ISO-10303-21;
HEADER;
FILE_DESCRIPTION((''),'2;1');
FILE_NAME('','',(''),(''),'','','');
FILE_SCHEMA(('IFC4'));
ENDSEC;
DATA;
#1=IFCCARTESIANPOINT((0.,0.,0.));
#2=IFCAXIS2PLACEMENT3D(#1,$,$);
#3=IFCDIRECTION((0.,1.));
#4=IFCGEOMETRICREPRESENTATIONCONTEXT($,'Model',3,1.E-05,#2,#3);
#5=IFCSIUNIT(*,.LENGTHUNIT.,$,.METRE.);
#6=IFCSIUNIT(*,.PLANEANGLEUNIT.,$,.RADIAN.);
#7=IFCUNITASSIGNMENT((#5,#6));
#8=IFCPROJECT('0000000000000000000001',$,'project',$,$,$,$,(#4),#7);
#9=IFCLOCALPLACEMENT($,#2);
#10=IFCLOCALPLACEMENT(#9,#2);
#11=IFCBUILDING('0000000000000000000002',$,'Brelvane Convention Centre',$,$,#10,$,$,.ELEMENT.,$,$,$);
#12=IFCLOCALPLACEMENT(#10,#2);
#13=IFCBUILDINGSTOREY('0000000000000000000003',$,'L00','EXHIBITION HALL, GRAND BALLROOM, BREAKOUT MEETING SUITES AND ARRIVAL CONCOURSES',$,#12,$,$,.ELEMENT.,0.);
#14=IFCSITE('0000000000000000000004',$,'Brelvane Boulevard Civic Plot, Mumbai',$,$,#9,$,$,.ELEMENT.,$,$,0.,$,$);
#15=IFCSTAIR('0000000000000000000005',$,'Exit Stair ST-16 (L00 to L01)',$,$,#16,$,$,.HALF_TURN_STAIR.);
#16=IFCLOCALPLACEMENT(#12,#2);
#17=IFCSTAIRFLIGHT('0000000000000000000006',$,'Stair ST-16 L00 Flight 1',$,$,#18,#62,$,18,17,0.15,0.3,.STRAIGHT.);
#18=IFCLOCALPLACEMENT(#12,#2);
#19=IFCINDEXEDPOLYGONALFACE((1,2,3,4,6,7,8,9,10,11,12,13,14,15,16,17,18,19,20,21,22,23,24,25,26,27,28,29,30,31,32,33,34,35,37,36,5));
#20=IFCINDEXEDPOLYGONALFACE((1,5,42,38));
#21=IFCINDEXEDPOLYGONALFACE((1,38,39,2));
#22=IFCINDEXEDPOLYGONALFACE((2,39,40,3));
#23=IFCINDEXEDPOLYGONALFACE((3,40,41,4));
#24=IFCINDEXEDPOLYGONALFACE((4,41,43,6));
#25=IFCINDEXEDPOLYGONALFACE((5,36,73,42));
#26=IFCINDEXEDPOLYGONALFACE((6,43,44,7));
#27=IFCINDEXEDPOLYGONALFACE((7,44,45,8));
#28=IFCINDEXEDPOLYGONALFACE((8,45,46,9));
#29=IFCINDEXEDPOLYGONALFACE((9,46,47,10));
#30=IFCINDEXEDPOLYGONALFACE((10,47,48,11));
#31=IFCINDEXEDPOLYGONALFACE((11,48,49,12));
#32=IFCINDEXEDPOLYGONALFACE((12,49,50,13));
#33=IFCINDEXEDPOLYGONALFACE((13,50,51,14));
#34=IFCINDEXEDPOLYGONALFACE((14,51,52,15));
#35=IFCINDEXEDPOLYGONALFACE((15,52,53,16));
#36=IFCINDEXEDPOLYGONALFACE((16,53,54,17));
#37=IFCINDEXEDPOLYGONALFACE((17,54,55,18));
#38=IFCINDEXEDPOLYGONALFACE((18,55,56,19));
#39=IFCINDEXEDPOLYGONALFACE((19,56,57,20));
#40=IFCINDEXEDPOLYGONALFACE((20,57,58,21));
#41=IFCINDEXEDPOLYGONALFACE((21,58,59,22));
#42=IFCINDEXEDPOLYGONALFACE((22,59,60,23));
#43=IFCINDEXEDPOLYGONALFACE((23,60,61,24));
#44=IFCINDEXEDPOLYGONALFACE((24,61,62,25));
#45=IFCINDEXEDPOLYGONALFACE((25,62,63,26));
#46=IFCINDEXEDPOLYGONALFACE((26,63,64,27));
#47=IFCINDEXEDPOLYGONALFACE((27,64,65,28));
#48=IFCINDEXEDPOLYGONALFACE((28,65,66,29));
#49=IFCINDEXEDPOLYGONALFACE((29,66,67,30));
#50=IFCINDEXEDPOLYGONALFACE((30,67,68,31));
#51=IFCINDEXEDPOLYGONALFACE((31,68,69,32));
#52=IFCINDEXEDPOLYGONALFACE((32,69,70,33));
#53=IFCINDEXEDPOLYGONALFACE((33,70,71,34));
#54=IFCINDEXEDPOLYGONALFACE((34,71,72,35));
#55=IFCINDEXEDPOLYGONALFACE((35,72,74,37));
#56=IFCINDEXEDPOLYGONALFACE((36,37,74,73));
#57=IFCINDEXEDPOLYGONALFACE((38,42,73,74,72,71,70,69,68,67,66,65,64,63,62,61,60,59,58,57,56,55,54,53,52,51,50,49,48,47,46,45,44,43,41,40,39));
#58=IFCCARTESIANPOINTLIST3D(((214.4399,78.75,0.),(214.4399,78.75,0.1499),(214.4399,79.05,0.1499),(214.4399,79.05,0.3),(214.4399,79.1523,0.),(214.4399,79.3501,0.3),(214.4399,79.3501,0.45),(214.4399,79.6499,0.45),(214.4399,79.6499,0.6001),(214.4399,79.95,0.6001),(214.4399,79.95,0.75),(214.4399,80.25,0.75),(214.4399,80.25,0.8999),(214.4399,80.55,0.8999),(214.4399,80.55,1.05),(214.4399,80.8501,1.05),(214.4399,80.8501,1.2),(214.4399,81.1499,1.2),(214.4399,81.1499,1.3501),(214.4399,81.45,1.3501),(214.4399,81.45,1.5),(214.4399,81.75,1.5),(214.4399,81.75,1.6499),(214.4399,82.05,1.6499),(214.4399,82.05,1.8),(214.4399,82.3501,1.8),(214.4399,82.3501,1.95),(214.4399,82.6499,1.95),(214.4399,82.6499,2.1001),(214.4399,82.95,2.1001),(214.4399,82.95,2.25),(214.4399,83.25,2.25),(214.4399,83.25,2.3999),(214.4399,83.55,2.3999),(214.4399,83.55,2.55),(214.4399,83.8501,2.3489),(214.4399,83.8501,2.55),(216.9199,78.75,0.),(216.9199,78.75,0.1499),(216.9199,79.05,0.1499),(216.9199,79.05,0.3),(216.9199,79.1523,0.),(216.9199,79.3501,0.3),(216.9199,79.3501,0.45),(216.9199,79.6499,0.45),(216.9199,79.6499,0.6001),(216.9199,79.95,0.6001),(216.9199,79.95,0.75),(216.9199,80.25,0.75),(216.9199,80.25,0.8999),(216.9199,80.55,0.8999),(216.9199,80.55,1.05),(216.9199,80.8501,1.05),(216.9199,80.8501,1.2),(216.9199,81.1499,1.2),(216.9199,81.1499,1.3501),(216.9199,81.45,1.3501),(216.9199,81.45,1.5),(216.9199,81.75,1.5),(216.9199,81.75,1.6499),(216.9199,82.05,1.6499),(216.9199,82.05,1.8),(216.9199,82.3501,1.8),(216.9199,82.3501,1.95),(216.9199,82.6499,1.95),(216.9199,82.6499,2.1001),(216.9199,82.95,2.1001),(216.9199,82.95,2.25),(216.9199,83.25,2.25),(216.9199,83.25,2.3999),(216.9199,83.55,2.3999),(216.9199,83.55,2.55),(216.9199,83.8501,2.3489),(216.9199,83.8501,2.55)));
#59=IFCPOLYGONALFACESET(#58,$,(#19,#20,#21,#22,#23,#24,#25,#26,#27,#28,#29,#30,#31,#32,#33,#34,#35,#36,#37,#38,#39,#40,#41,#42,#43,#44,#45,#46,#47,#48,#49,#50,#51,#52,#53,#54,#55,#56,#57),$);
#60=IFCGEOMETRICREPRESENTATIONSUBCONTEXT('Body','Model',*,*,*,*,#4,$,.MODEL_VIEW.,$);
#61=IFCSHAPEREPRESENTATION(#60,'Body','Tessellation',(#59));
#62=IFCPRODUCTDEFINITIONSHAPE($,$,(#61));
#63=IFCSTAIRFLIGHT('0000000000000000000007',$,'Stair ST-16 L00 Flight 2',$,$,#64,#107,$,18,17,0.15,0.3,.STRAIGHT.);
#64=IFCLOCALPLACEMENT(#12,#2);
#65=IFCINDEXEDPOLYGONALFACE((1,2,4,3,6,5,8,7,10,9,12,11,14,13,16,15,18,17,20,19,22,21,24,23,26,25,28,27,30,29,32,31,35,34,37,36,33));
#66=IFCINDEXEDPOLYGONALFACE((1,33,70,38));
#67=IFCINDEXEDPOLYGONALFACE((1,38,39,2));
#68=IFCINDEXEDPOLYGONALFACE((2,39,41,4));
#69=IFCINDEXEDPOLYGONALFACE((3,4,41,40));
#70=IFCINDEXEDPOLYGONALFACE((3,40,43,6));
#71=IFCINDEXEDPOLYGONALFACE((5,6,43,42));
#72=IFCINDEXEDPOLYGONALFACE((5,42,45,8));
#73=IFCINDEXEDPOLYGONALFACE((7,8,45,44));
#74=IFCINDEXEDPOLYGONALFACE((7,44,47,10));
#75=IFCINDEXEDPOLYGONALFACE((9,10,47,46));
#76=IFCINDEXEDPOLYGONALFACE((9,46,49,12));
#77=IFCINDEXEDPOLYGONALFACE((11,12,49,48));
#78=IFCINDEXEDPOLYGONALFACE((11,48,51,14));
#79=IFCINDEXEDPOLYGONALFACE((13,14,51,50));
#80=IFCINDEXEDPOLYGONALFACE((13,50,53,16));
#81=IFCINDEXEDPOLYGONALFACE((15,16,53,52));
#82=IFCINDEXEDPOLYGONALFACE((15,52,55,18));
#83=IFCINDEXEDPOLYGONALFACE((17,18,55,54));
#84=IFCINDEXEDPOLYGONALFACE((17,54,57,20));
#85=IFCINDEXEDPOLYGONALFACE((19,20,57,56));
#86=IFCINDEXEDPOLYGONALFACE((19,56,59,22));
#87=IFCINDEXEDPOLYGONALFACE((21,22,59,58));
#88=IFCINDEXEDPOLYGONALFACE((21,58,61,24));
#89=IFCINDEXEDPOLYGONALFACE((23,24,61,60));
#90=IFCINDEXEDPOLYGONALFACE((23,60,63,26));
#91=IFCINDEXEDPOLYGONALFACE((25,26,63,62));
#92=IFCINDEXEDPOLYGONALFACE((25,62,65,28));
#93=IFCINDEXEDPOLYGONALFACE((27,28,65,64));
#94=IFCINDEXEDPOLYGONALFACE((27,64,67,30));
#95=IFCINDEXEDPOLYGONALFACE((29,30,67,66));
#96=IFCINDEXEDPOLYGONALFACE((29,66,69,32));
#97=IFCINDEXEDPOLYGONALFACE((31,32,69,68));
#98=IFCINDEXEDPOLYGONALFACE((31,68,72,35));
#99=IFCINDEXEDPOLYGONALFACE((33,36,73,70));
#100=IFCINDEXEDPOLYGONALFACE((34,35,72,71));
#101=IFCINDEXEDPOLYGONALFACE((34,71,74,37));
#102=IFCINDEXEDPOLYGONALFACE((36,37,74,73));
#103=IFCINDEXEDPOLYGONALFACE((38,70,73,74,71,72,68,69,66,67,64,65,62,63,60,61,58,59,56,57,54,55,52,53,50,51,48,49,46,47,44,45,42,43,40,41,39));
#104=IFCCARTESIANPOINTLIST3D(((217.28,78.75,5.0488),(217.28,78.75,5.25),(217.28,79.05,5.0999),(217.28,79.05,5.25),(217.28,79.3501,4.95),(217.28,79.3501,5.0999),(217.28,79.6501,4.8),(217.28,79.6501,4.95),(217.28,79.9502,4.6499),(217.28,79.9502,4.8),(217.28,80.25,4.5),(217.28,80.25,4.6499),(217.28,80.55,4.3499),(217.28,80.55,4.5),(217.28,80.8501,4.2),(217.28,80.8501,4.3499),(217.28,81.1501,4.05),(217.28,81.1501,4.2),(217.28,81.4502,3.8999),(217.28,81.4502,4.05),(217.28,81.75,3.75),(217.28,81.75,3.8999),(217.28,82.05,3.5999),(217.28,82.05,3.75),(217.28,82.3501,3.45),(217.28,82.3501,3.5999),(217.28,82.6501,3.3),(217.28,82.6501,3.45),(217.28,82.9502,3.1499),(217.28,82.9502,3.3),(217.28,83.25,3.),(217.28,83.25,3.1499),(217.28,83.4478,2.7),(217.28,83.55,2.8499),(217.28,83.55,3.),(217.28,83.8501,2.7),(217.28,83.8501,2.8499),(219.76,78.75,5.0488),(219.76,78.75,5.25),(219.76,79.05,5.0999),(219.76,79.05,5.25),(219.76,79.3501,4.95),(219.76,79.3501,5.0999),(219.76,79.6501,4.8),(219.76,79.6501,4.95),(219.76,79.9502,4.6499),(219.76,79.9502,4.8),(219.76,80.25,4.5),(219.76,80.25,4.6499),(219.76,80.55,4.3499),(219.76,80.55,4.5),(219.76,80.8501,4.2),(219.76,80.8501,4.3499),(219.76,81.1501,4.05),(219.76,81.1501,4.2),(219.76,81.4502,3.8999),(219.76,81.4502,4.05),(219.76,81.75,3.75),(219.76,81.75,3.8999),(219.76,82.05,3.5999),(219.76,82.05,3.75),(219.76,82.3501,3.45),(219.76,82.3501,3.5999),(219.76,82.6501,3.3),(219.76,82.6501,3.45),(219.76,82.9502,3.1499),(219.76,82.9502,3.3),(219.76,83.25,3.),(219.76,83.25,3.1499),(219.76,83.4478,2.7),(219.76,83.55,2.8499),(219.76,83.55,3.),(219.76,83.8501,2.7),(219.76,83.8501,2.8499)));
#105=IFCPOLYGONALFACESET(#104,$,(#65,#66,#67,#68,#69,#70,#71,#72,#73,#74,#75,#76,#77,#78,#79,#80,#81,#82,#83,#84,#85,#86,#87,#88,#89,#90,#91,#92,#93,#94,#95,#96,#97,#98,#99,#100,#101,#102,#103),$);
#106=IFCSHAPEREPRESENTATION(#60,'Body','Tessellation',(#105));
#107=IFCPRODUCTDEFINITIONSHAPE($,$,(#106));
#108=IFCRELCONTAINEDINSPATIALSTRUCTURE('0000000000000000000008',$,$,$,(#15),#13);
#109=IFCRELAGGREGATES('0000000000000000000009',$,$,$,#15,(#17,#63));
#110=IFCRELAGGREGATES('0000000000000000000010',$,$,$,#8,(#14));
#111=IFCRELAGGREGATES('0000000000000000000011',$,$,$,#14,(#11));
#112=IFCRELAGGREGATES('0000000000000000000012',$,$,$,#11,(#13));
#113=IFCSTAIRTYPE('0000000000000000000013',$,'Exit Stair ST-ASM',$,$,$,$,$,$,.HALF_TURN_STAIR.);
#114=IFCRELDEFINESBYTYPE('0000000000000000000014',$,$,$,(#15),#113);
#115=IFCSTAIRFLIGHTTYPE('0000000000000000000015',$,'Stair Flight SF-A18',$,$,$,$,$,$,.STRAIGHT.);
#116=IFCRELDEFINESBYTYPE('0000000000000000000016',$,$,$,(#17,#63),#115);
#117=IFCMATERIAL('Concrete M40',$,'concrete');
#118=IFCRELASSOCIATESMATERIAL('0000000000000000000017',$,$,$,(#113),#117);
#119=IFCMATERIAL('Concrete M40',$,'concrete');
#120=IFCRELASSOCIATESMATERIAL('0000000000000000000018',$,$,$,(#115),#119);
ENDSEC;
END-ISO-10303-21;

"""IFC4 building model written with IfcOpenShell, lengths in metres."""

from ifc_helpers import new_model, si_unit, direction, frame, origin, place, context, subcontext, project, spatial, polyline, outline, extrude, material, type_object, element, aggregate, save


model = new_model("IFC4")

# Units and contexts
model_context = context("Model", 3, precision=1e-05, world=origin(), true_north=direction((0.0, 1.0)))
body_context = subcontext(model_context, "Body", "Model", "MODEL_VIEW")
ifc_project = project(units=[si_unit("LENGTHUNIT", "METRE"), si_unit("PLANEANGLEUNIT", "RADIAN")], contexts=[model_context])

# Site, building, storey
site_placement = place(None, origin())
site = spatial("IfcSite", under=ifc_project, at=site_placement, Name="Brelvane Boulevard Civic Plot, Mumbai", CompositionType="ELEMENT", RefElevation=0.0)
building_placement = place(site_placement, origin())
building = spatial("IfcBuilding", under=site, at=building_placement, Name="Brelvane Convention Centre", CompositionType="ELEMENT")
storey_placement = place(building_placement, origin())
storey = spatial("IfcBuildingStorey", under=building, at=storey_placement, Name="L00", Description="EXHIBITION HALL, GRAND BALLROOM, BREAKOUT MEETING SUITES AND ARRIVAL CONCOURSES", CompositionType="ELEMENT", Elevation=0.0)

# Stair, stair flights
ifc_material_1 = material(Name="Concrete M40", Category="concrete")
stair_type = type_object("IfcStairType", Name="Exit Stair ST-ASM", PredefinedType="HALF_TURN_STAIR", material=ifc_material_1)
stair_placement = place(storey_placement, origin())
stair = element("IfcStair", 1, at=stair_placement, inside=storey, type_object=stair_type, Name="Exit Stair ST-16 (L00 to L01)", PredefinedType="HALF_TURN_STAIR")
ifc_material_2 = material(Name="Concrete M40", Category="concrete")
stair_flight_type = type_object("IfcStairFlightType", Name="Stair Flight SF-A18", PredefinedType="STRAIGHT", material=ifc_material_2)
stair_flight_1_placement = place(storey_placement, frame((215.6799, 78.75, 0.0), z_axis=(0.0, 0.0, 1.0), x_axis=(0.0, 1.0, 0.0)))
stair_flight_1 = element("IfcStairFlight", 2, at=stair_flight_1_placement, type_object=stair_flight_type, Name="Stair ST-16 L00 Flight 1", NumberOfRisers=18, NumberOfTreads=17, PredefinedType="STRAIGHT", RiserHeight=0.15, TreadLength=0.3, context=body_context, shape_type="SweptSolid", body=[
    extrude(outline(polyline([(0.0, 0.0), (0.0, 0.1499), (0.3, 0.1499), (0.3, 0.3), (0.6001, 0.3), (0.6001, 0.45), (0.8999, 0.45), (0.8999, 0.6001), (1.2, 0.6001), (1.2, 0.75), (1.5, 0.75), (1.5, 0.8999), (1.8, 0.8999), (1.8, 1.05), (2.1001, 1.05), (2.1001, 1.2), (2.3999, 1.2), (2.3999, 1.3501), (2.7, 1.3501), (2.7, 1.5), (3.0, 1.5), (3.0, 1.6499), (3.3, 1.6499), (3.3, 1.8), (3.6001, 1.8), (3.6001, 1.95), (3.8999, 1.95), (3.8999, 2.1001), (4.2, 2.1001), (4.2, 2.25), (4.5, 2.25), (4.5, 2.3999), (4.8, 2.3999), (4.8, 2.55), (5.1001, 2.55), (5.1001, 2.7), (5.1001, 2.3489), (0.4023, 0.0), (0.0, 0.0)])), frame((0.0, 1.24, 0.0), z_axis=(0.0, -1.0, 0.0), x_axis=(1.0, 0.0, 0.0)), (0.0, 0.0, 1.0), 2.48),
])
stair_flight_2_placement = place(storey_placement, frame((218.52, 83.8501, 2.7), z_axis=(0.0, 0.0, 1.0), x_axis=(0.0, -1.0, 0.0)))
stair_flight_2 = element("IfcStairFlight", 3, at=stair_flight_2_placement, type_object=stair_flight_type, Name="Stair ST-16 L00 Flight 2", NumberOfRisers=18, NumberOfTreads=17, PredefinedType="STRAIGHT", RiserHeight=0.15, TreadLength=0.3, context=body_context, shape_type="SweptSolid", body=[
    extrude(outline(polyline([(0.0, 0.0), (0.0, 0.1499), (0.3, 0.1499), (0.3, 0.3), (0.6001, 0.3), (0.6001, 0.45), (0.8999, 0.45), (0.8999, 0.6001), (1.2, 0.6001), (1.2, 0.75), (1.5, 0.75), (1.5, 0.8999), (1.8, 0.8999), (1.8, 1.05), (2.1001, 1.05), (2.1001, 1.2), (2.3999, 1.2), (2.3999, 1.3501), (2.7, 1.3501), (2.7, 1.5), (3.0, 1.5), (3.0, 1.6499), (3.3, 1.6499), (3.3, 1.8), (3.6001, 1.8), (3.6001, 1.95), (3.8999, 1.95), (3.8999, 2.1001), (4.2, 2.1001), (4.2, 2.25), (4.5, 2.25), (4.5, 2.3999), (4.8, 2.3999), (4.8, 2.55), (5.1001, 2.55), (5.1001, 2.7), (5.1001, 2.3489), (0.4023, 0.0), (0.0, 0.0)])), frame((0.0, 1.24, 0.0), z_axis=(0.0, -1.0, 0.0), x_axis=(1.0, 0.0, 0.0)), (0.0, 0.0, 1.0), 2.48),
])
aggregate(stair, [stair_flight_1, stair_flight_2])

save(model, "model.ifc")
